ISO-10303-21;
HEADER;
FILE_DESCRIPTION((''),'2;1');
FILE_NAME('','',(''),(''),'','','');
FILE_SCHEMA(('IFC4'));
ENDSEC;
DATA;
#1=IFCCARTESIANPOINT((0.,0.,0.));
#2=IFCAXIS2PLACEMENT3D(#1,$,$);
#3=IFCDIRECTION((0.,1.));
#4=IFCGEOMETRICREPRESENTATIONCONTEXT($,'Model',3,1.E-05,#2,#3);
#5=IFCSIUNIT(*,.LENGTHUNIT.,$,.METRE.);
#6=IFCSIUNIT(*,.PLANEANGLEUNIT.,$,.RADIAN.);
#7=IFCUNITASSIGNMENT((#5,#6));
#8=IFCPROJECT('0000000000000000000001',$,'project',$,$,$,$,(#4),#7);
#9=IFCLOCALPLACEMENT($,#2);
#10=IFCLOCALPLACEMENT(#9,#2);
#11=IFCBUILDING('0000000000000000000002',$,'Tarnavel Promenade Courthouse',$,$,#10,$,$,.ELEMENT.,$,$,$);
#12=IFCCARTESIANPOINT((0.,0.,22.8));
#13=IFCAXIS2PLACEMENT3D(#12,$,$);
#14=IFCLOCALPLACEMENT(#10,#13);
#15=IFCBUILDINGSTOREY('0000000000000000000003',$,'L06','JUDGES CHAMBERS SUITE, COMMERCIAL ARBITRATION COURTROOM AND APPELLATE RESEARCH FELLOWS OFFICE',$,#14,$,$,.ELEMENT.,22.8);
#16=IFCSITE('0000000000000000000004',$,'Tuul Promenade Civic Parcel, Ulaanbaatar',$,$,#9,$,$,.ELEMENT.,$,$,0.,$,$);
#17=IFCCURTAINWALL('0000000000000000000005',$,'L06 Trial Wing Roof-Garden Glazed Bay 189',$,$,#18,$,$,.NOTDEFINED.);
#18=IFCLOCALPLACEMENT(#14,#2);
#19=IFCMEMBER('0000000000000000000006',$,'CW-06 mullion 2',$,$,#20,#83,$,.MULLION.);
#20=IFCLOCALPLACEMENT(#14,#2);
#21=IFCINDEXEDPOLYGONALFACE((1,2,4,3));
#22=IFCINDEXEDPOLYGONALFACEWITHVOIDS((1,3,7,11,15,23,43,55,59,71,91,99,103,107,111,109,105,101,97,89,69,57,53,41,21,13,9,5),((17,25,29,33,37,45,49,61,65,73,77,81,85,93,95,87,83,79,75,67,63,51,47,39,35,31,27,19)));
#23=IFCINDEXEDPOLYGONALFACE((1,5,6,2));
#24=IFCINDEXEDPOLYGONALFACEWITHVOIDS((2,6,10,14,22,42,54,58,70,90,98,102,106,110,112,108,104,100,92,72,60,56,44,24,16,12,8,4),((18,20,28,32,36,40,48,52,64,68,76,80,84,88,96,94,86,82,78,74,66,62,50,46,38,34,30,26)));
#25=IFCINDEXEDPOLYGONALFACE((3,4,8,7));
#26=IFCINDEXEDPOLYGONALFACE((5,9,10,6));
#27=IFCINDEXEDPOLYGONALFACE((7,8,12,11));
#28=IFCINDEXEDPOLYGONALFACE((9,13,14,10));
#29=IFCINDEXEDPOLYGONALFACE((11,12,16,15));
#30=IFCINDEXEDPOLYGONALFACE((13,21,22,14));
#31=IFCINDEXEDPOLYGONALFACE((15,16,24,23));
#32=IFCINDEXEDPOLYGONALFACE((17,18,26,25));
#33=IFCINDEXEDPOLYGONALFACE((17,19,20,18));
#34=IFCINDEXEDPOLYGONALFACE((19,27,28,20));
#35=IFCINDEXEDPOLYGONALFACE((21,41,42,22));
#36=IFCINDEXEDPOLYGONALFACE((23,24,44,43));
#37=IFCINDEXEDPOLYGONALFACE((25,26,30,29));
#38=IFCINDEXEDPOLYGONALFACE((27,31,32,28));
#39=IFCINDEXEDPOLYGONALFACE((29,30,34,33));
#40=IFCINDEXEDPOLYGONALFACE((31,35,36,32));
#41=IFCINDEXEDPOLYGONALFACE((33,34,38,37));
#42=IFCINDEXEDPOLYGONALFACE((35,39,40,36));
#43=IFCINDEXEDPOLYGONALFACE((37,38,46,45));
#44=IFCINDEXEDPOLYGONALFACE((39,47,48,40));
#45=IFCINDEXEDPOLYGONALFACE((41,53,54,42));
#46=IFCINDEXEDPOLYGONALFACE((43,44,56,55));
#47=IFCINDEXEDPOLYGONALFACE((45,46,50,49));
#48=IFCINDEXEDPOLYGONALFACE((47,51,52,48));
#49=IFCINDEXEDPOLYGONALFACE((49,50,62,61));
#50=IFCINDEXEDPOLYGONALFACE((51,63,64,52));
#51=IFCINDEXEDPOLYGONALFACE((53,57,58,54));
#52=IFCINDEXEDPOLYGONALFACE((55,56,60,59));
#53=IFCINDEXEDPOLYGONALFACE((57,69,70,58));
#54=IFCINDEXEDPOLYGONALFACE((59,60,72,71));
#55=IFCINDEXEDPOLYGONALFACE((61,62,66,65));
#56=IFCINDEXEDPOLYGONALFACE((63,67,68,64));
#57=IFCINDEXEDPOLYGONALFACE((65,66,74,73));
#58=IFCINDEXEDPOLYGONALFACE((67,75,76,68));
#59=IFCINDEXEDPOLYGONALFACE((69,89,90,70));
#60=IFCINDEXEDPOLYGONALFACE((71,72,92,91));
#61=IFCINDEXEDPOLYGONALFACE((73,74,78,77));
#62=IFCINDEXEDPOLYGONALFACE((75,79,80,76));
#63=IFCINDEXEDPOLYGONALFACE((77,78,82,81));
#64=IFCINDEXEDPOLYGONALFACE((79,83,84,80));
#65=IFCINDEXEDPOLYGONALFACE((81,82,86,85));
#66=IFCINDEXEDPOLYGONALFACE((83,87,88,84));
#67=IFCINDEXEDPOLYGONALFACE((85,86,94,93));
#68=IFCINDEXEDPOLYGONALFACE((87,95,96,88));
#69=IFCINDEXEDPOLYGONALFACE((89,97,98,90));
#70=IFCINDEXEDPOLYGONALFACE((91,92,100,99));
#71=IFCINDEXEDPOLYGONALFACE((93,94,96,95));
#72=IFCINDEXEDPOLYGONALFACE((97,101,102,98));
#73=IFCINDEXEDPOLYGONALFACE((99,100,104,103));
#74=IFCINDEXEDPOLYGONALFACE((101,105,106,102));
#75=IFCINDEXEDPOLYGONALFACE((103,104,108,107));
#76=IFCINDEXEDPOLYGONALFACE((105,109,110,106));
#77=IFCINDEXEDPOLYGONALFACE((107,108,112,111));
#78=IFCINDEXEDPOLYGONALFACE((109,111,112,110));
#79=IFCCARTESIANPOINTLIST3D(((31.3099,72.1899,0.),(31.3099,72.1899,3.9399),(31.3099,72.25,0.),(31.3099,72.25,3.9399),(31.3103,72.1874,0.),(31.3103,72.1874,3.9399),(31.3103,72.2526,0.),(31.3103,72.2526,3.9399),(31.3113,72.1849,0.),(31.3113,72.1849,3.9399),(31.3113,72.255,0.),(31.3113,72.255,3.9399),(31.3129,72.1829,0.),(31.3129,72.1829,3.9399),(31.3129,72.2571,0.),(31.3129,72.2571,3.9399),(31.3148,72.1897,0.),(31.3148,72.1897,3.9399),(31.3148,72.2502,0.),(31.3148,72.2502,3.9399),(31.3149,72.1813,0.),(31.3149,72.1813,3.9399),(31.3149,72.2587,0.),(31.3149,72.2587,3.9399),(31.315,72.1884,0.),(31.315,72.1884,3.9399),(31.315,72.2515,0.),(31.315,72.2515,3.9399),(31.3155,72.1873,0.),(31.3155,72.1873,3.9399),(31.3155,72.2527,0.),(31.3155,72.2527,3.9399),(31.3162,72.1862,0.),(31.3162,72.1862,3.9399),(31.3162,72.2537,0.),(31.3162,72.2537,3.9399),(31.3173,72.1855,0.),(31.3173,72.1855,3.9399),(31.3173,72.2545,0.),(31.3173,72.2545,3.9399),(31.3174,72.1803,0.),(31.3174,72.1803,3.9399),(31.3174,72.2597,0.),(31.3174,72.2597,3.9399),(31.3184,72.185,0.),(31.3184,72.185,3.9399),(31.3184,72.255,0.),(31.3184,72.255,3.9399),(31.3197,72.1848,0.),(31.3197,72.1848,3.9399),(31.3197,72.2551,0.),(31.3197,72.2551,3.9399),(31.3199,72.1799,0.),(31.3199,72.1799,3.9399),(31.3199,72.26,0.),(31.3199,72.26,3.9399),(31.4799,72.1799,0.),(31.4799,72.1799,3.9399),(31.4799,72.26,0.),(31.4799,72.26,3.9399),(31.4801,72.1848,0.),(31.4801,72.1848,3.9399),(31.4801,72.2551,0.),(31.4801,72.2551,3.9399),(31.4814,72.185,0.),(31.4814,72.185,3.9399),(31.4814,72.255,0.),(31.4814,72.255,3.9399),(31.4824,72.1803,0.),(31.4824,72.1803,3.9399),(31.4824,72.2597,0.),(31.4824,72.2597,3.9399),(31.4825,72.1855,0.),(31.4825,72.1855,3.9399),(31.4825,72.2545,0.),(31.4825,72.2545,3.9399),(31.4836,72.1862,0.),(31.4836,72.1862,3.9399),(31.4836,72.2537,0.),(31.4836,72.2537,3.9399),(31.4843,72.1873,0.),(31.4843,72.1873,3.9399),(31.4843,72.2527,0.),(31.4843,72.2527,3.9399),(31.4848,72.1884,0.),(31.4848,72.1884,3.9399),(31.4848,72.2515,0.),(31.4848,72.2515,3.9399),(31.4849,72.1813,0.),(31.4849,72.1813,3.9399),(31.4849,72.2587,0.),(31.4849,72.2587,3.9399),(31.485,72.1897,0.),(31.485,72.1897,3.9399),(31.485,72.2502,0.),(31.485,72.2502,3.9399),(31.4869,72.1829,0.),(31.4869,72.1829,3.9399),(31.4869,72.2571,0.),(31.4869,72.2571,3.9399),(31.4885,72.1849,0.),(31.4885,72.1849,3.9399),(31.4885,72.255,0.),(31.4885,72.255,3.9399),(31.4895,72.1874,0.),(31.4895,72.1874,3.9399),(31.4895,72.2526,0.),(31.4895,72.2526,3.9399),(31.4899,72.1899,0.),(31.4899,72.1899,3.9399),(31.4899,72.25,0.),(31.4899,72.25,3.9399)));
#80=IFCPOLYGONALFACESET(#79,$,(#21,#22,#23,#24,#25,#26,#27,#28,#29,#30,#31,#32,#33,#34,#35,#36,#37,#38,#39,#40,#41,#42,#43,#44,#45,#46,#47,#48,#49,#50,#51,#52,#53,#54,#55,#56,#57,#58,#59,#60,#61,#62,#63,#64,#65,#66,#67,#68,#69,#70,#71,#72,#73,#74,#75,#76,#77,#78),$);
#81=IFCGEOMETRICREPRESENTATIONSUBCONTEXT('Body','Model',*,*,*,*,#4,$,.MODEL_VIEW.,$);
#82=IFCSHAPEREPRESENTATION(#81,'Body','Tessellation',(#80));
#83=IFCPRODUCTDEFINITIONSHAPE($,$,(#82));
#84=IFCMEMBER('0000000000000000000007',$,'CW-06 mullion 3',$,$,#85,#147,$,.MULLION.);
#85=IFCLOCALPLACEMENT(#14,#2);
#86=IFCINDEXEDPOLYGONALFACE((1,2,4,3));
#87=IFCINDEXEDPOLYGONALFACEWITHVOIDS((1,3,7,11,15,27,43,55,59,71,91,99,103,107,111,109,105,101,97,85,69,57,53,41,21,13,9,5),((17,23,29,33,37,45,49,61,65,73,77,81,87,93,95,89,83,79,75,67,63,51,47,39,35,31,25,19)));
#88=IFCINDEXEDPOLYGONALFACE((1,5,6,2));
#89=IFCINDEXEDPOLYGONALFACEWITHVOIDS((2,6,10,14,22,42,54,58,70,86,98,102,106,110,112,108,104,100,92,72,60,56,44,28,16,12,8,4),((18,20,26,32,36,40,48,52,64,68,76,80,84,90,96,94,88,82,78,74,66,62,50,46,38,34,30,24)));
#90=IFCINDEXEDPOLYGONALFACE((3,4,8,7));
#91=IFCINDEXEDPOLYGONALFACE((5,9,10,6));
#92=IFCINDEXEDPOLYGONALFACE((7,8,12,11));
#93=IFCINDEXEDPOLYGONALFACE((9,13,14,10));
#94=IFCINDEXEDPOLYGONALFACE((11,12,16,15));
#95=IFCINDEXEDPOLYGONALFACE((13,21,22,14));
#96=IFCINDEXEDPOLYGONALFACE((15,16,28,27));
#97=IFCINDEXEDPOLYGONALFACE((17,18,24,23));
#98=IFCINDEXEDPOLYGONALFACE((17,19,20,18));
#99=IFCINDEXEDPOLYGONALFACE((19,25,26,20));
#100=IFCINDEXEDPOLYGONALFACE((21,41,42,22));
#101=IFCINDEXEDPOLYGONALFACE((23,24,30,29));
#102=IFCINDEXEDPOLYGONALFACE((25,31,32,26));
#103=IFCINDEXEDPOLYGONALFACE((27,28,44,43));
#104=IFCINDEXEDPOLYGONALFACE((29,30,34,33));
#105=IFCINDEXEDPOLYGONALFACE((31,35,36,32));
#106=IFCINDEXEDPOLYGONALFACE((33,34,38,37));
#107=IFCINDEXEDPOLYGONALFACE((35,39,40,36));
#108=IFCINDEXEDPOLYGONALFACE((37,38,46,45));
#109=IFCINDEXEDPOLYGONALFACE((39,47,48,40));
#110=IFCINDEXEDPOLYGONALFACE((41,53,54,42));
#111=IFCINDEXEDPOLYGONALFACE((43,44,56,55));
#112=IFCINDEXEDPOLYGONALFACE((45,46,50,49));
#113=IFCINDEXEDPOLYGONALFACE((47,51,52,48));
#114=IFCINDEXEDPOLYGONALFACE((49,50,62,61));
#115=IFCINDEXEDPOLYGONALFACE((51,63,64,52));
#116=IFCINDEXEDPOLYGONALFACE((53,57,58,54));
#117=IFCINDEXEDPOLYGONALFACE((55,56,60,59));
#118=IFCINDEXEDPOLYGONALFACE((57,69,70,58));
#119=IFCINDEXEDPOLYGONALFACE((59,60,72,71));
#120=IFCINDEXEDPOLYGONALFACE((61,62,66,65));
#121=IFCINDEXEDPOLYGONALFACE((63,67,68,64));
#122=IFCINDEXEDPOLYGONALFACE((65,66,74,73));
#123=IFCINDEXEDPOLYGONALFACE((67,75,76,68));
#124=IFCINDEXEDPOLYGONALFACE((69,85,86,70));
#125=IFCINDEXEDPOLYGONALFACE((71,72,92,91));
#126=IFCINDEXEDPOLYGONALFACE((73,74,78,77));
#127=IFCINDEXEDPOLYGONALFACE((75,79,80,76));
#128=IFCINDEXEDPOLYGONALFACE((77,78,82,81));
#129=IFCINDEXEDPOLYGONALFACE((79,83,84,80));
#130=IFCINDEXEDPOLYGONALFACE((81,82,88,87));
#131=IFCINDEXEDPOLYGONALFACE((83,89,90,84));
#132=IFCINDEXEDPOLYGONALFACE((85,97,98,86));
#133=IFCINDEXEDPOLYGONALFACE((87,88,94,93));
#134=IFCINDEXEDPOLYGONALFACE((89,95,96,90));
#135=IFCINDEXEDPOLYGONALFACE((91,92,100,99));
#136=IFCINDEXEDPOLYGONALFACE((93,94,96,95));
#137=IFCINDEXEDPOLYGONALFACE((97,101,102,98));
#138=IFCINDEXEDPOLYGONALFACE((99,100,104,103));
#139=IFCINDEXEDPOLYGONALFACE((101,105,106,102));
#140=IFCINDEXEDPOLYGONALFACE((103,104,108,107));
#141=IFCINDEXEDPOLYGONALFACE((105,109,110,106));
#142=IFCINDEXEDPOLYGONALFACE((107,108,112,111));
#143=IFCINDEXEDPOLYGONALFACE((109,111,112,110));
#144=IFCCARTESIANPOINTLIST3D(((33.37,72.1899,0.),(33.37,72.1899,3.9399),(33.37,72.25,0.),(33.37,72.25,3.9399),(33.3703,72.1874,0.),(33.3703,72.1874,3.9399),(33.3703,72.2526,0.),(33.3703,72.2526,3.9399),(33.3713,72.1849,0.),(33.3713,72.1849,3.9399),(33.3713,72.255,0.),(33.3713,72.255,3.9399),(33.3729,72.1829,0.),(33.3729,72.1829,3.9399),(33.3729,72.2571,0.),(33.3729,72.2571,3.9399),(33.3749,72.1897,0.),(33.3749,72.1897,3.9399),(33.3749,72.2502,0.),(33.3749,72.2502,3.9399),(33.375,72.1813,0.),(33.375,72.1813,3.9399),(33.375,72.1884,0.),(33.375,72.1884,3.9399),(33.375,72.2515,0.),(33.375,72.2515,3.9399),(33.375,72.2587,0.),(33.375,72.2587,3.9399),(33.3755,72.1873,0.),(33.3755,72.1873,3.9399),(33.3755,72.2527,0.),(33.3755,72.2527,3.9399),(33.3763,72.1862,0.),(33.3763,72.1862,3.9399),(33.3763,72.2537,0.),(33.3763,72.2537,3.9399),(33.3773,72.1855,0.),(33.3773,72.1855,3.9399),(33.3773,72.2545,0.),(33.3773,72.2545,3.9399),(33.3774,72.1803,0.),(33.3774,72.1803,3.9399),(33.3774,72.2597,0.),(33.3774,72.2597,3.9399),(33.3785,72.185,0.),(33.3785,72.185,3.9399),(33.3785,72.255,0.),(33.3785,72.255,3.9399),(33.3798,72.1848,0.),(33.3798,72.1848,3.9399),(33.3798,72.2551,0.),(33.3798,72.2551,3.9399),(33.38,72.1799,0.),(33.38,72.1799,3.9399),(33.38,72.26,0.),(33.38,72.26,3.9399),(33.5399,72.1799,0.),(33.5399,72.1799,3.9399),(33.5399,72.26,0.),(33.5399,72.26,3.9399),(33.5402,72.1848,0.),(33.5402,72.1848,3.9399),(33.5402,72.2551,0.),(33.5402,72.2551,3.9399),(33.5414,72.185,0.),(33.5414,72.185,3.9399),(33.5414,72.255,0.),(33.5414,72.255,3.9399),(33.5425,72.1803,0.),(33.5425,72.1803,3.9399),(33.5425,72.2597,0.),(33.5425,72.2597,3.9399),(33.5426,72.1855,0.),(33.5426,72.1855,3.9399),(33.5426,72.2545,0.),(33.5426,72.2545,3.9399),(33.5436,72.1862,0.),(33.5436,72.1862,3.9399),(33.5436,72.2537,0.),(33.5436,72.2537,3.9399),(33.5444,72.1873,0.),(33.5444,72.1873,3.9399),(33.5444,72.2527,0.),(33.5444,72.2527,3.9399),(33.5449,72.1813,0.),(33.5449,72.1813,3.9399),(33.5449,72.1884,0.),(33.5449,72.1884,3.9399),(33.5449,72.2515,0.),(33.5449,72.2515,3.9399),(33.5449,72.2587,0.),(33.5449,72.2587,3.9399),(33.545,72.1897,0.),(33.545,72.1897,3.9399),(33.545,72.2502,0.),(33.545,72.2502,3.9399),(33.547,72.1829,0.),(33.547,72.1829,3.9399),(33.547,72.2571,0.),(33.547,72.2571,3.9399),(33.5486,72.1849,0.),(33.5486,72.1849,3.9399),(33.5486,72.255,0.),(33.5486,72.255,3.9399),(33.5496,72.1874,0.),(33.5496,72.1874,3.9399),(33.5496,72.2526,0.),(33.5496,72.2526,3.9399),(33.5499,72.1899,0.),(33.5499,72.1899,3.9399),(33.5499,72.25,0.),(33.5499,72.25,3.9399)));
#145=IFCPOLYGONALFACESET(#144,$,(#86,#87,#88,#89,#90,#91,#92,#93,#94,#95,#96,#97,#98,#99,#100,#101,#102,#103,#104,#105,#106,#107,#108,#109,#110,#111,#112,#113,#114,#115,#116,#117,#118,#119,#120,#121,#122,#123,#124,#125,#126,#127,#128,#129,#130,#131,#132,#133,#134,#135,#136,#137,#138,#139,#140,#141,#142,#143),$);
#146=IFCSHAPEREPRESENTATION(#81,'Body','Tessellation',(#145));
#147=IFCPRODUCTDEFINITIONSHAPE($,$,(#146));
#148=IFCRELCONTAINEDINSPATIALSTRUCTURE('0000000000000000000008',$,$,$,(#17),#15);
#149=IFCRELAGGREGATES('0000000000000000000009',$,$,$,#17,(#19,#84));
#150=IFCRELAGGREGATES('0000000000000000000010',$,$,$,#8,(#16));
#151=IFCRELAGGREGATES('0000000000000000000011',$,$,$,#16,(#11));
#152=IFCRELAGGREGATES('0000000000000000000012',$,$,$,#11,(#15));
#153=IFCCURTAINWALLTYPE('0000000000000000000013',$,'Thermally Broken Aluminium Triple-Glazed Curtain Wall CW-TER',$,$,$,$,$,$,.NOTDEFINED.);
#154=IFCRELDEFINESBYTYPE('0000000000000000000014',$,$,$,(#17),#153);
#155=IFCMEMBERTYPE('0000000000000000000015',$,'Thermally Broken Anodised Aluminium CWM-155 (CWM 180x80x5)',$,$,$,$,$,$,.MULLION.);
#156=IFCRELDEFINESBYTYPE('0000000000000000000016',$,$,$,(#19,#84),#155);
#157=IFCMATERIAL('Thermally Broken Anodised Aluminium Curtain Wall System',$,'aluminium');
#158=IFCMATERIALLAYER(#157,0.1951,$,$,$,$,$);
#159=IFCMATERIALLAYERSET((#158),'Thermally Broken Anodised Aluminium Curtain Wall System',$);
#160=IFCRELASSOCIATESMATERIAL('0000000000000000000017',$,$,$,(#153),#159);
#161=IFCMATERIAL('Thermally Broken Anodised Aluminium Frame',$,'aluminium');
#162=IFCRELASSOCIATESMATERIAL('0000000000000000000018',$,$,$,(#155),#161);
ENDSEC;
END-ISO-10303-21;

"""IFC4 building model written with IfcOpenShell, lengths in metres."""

from ifc_helpers import new_model, si_unit, direction, frame, origin, origin_2d, place, context, subcontext, project, spatial, hollow_rectangle, extrude, material, layer, layer_set, material_profile, profile_set, type_object, element, aggregate, save


model = new_model("IFC4")

# Units and contexts
model_context = context("Model", 3, precision=1e-05, world=origin(), true_north=direction((0.0, 1.0)))
body_context = subcontext(model_context, "Body", "Model", "MODEL_VIEW")
ifc_project = project(units=[si_unit("LENGTHUNIT", "METRE"), si_unit("PLANEANGLEUNIT", "RADIAN")], contexts=[model_context])

# Site, building, storey
site_placement = place(None, origin())
site = spatial("IfcSite", under=ifc_project, at=site_placement, Name="Tuul Promenade Civic Parcel, Ulaanbaatar", CompositionType="ELEMENT", RefElevation=0.0)
building_placement = place(site_placement, origin())
building = spatial("IfcBuilding", under=site, at=building_placement, Name="Tarnavel Promenade Courthouse", CompositionType="ELEMENT")
storey_placement = place(building_placement, frame((0.0, 0.0, 22.8)))
storey = spatial("IfcBuildingStorey", under=building, at=storey_placement, Name="L06", Description="JUDGES CHAMBERS SUITE, COMMERCIAL ARBITRATION COURTROOM AND APPELLATE RESEARCH FELLOWS OFFICE", CompositionType="ELEMENT", Elevation=22.8)

# Curtain wall, members
ifc_material_1 = material(Name="Thermally Broken Anodised Aluminium Curtain Wall System", Category="aluminium")
ifc_layer_1 = layer(ifc_material_1, 0.1951)
ifc_layer_set_1 = layer_set([ifc_layer_1], Name="Thermally Broken Anodised Aluminium Curtain Wall System")
curtain_wall_type = type_object("IfcCurtainWallType", Name="Thermally Broken Aluminium Triple-Glazed Curtain Wall CW-TER", PredefinedType="NOTDEFINED", material=ifc_layer_set_1)
curtain_wall_1_placement = place(storey_placement, origin())
curtain_wall_1 = element("IfcCurtainWall", 1, at=curtain_wall_1_placement, inside=storey, type_object=curtain_wall_type, Name="L06 Trial Wing Roof-Garden Glazed Bay 189", PredefinedType="NOTDEFINED")
ifc_material_2 = material(Name="Thermally Broken Anodised Aluminium Frame", Category="aluminium")
ifc_material_profile_1 = material_profile(ifc_material_2, hollow_rectangle(XDim=0.0801, YDim=0.1799, WallThickness=0.0049, InnerFilletRadius=0.0049, OuterFilletRadius=0.01, at=origin_2d()), Name="CWM 180x80x5")
ifc_profile_set_1 = profile_set([ifc_material_profile_1], Name="Thermally Broken Anodised Aluminium Frame")
member_type_1 = type_object("IfcMemberType", Name="Thermally Broken Anodised Aluminium CWM-155 (CWM 180x80x5)", PredefinedType="MULLION", material=ifc_profile_set_1)
member_1_placement = place(storey_placement, frame((31.3999, 72.22, 0.0), z_axis=(0.0, 0.0, 1.0), x_axis=(0.0, 1.0, 0.0)))
member_1 = element("IfcMember", 2, at=member_1_placement, type_object=member_type_1, Name="CW-06 mullion 2", PredefinedType="MULLION", context=body_context, shape_type="SweptSolid", body=[
    extrude(hollow_rectangle(XDim=0.0801, YDim=0.1799, WallThickness=0.0049, InnerFilletRadius=0.0049, OuterFilletRadius=0.01, at=origin_2d()), origin(), (0.0, 0.0, 1.0), 3.9399),
])
member_2_placement = place(storey_placement, frame((33.46, 72.22, 0.0), z_axis=(0.0, 0.0, 1.0), x_axis=(0.0, 1.0, 0.0)))
member_2 = element("IfcMember", 3, at=member_2_placement, type_object=member_type_1, Name="CW-06 mullion 3", PredefinedType="MULLION", context=body_context, shape_type="SweptSolid", body=[
    extrude(hollow_rectangle(XDim=0.0801, YDim=0.1799, WallThickness=0.0049, InnerFilletRadius=0.0049, OuterFilletRadius=0.01, at=origin_2d()), origin(), (0.0, 0.0, 1.0), 3.9399),
])

aggregate(curtain_wall_1, [member_1, member_2])

save(model, "model.ifc")
